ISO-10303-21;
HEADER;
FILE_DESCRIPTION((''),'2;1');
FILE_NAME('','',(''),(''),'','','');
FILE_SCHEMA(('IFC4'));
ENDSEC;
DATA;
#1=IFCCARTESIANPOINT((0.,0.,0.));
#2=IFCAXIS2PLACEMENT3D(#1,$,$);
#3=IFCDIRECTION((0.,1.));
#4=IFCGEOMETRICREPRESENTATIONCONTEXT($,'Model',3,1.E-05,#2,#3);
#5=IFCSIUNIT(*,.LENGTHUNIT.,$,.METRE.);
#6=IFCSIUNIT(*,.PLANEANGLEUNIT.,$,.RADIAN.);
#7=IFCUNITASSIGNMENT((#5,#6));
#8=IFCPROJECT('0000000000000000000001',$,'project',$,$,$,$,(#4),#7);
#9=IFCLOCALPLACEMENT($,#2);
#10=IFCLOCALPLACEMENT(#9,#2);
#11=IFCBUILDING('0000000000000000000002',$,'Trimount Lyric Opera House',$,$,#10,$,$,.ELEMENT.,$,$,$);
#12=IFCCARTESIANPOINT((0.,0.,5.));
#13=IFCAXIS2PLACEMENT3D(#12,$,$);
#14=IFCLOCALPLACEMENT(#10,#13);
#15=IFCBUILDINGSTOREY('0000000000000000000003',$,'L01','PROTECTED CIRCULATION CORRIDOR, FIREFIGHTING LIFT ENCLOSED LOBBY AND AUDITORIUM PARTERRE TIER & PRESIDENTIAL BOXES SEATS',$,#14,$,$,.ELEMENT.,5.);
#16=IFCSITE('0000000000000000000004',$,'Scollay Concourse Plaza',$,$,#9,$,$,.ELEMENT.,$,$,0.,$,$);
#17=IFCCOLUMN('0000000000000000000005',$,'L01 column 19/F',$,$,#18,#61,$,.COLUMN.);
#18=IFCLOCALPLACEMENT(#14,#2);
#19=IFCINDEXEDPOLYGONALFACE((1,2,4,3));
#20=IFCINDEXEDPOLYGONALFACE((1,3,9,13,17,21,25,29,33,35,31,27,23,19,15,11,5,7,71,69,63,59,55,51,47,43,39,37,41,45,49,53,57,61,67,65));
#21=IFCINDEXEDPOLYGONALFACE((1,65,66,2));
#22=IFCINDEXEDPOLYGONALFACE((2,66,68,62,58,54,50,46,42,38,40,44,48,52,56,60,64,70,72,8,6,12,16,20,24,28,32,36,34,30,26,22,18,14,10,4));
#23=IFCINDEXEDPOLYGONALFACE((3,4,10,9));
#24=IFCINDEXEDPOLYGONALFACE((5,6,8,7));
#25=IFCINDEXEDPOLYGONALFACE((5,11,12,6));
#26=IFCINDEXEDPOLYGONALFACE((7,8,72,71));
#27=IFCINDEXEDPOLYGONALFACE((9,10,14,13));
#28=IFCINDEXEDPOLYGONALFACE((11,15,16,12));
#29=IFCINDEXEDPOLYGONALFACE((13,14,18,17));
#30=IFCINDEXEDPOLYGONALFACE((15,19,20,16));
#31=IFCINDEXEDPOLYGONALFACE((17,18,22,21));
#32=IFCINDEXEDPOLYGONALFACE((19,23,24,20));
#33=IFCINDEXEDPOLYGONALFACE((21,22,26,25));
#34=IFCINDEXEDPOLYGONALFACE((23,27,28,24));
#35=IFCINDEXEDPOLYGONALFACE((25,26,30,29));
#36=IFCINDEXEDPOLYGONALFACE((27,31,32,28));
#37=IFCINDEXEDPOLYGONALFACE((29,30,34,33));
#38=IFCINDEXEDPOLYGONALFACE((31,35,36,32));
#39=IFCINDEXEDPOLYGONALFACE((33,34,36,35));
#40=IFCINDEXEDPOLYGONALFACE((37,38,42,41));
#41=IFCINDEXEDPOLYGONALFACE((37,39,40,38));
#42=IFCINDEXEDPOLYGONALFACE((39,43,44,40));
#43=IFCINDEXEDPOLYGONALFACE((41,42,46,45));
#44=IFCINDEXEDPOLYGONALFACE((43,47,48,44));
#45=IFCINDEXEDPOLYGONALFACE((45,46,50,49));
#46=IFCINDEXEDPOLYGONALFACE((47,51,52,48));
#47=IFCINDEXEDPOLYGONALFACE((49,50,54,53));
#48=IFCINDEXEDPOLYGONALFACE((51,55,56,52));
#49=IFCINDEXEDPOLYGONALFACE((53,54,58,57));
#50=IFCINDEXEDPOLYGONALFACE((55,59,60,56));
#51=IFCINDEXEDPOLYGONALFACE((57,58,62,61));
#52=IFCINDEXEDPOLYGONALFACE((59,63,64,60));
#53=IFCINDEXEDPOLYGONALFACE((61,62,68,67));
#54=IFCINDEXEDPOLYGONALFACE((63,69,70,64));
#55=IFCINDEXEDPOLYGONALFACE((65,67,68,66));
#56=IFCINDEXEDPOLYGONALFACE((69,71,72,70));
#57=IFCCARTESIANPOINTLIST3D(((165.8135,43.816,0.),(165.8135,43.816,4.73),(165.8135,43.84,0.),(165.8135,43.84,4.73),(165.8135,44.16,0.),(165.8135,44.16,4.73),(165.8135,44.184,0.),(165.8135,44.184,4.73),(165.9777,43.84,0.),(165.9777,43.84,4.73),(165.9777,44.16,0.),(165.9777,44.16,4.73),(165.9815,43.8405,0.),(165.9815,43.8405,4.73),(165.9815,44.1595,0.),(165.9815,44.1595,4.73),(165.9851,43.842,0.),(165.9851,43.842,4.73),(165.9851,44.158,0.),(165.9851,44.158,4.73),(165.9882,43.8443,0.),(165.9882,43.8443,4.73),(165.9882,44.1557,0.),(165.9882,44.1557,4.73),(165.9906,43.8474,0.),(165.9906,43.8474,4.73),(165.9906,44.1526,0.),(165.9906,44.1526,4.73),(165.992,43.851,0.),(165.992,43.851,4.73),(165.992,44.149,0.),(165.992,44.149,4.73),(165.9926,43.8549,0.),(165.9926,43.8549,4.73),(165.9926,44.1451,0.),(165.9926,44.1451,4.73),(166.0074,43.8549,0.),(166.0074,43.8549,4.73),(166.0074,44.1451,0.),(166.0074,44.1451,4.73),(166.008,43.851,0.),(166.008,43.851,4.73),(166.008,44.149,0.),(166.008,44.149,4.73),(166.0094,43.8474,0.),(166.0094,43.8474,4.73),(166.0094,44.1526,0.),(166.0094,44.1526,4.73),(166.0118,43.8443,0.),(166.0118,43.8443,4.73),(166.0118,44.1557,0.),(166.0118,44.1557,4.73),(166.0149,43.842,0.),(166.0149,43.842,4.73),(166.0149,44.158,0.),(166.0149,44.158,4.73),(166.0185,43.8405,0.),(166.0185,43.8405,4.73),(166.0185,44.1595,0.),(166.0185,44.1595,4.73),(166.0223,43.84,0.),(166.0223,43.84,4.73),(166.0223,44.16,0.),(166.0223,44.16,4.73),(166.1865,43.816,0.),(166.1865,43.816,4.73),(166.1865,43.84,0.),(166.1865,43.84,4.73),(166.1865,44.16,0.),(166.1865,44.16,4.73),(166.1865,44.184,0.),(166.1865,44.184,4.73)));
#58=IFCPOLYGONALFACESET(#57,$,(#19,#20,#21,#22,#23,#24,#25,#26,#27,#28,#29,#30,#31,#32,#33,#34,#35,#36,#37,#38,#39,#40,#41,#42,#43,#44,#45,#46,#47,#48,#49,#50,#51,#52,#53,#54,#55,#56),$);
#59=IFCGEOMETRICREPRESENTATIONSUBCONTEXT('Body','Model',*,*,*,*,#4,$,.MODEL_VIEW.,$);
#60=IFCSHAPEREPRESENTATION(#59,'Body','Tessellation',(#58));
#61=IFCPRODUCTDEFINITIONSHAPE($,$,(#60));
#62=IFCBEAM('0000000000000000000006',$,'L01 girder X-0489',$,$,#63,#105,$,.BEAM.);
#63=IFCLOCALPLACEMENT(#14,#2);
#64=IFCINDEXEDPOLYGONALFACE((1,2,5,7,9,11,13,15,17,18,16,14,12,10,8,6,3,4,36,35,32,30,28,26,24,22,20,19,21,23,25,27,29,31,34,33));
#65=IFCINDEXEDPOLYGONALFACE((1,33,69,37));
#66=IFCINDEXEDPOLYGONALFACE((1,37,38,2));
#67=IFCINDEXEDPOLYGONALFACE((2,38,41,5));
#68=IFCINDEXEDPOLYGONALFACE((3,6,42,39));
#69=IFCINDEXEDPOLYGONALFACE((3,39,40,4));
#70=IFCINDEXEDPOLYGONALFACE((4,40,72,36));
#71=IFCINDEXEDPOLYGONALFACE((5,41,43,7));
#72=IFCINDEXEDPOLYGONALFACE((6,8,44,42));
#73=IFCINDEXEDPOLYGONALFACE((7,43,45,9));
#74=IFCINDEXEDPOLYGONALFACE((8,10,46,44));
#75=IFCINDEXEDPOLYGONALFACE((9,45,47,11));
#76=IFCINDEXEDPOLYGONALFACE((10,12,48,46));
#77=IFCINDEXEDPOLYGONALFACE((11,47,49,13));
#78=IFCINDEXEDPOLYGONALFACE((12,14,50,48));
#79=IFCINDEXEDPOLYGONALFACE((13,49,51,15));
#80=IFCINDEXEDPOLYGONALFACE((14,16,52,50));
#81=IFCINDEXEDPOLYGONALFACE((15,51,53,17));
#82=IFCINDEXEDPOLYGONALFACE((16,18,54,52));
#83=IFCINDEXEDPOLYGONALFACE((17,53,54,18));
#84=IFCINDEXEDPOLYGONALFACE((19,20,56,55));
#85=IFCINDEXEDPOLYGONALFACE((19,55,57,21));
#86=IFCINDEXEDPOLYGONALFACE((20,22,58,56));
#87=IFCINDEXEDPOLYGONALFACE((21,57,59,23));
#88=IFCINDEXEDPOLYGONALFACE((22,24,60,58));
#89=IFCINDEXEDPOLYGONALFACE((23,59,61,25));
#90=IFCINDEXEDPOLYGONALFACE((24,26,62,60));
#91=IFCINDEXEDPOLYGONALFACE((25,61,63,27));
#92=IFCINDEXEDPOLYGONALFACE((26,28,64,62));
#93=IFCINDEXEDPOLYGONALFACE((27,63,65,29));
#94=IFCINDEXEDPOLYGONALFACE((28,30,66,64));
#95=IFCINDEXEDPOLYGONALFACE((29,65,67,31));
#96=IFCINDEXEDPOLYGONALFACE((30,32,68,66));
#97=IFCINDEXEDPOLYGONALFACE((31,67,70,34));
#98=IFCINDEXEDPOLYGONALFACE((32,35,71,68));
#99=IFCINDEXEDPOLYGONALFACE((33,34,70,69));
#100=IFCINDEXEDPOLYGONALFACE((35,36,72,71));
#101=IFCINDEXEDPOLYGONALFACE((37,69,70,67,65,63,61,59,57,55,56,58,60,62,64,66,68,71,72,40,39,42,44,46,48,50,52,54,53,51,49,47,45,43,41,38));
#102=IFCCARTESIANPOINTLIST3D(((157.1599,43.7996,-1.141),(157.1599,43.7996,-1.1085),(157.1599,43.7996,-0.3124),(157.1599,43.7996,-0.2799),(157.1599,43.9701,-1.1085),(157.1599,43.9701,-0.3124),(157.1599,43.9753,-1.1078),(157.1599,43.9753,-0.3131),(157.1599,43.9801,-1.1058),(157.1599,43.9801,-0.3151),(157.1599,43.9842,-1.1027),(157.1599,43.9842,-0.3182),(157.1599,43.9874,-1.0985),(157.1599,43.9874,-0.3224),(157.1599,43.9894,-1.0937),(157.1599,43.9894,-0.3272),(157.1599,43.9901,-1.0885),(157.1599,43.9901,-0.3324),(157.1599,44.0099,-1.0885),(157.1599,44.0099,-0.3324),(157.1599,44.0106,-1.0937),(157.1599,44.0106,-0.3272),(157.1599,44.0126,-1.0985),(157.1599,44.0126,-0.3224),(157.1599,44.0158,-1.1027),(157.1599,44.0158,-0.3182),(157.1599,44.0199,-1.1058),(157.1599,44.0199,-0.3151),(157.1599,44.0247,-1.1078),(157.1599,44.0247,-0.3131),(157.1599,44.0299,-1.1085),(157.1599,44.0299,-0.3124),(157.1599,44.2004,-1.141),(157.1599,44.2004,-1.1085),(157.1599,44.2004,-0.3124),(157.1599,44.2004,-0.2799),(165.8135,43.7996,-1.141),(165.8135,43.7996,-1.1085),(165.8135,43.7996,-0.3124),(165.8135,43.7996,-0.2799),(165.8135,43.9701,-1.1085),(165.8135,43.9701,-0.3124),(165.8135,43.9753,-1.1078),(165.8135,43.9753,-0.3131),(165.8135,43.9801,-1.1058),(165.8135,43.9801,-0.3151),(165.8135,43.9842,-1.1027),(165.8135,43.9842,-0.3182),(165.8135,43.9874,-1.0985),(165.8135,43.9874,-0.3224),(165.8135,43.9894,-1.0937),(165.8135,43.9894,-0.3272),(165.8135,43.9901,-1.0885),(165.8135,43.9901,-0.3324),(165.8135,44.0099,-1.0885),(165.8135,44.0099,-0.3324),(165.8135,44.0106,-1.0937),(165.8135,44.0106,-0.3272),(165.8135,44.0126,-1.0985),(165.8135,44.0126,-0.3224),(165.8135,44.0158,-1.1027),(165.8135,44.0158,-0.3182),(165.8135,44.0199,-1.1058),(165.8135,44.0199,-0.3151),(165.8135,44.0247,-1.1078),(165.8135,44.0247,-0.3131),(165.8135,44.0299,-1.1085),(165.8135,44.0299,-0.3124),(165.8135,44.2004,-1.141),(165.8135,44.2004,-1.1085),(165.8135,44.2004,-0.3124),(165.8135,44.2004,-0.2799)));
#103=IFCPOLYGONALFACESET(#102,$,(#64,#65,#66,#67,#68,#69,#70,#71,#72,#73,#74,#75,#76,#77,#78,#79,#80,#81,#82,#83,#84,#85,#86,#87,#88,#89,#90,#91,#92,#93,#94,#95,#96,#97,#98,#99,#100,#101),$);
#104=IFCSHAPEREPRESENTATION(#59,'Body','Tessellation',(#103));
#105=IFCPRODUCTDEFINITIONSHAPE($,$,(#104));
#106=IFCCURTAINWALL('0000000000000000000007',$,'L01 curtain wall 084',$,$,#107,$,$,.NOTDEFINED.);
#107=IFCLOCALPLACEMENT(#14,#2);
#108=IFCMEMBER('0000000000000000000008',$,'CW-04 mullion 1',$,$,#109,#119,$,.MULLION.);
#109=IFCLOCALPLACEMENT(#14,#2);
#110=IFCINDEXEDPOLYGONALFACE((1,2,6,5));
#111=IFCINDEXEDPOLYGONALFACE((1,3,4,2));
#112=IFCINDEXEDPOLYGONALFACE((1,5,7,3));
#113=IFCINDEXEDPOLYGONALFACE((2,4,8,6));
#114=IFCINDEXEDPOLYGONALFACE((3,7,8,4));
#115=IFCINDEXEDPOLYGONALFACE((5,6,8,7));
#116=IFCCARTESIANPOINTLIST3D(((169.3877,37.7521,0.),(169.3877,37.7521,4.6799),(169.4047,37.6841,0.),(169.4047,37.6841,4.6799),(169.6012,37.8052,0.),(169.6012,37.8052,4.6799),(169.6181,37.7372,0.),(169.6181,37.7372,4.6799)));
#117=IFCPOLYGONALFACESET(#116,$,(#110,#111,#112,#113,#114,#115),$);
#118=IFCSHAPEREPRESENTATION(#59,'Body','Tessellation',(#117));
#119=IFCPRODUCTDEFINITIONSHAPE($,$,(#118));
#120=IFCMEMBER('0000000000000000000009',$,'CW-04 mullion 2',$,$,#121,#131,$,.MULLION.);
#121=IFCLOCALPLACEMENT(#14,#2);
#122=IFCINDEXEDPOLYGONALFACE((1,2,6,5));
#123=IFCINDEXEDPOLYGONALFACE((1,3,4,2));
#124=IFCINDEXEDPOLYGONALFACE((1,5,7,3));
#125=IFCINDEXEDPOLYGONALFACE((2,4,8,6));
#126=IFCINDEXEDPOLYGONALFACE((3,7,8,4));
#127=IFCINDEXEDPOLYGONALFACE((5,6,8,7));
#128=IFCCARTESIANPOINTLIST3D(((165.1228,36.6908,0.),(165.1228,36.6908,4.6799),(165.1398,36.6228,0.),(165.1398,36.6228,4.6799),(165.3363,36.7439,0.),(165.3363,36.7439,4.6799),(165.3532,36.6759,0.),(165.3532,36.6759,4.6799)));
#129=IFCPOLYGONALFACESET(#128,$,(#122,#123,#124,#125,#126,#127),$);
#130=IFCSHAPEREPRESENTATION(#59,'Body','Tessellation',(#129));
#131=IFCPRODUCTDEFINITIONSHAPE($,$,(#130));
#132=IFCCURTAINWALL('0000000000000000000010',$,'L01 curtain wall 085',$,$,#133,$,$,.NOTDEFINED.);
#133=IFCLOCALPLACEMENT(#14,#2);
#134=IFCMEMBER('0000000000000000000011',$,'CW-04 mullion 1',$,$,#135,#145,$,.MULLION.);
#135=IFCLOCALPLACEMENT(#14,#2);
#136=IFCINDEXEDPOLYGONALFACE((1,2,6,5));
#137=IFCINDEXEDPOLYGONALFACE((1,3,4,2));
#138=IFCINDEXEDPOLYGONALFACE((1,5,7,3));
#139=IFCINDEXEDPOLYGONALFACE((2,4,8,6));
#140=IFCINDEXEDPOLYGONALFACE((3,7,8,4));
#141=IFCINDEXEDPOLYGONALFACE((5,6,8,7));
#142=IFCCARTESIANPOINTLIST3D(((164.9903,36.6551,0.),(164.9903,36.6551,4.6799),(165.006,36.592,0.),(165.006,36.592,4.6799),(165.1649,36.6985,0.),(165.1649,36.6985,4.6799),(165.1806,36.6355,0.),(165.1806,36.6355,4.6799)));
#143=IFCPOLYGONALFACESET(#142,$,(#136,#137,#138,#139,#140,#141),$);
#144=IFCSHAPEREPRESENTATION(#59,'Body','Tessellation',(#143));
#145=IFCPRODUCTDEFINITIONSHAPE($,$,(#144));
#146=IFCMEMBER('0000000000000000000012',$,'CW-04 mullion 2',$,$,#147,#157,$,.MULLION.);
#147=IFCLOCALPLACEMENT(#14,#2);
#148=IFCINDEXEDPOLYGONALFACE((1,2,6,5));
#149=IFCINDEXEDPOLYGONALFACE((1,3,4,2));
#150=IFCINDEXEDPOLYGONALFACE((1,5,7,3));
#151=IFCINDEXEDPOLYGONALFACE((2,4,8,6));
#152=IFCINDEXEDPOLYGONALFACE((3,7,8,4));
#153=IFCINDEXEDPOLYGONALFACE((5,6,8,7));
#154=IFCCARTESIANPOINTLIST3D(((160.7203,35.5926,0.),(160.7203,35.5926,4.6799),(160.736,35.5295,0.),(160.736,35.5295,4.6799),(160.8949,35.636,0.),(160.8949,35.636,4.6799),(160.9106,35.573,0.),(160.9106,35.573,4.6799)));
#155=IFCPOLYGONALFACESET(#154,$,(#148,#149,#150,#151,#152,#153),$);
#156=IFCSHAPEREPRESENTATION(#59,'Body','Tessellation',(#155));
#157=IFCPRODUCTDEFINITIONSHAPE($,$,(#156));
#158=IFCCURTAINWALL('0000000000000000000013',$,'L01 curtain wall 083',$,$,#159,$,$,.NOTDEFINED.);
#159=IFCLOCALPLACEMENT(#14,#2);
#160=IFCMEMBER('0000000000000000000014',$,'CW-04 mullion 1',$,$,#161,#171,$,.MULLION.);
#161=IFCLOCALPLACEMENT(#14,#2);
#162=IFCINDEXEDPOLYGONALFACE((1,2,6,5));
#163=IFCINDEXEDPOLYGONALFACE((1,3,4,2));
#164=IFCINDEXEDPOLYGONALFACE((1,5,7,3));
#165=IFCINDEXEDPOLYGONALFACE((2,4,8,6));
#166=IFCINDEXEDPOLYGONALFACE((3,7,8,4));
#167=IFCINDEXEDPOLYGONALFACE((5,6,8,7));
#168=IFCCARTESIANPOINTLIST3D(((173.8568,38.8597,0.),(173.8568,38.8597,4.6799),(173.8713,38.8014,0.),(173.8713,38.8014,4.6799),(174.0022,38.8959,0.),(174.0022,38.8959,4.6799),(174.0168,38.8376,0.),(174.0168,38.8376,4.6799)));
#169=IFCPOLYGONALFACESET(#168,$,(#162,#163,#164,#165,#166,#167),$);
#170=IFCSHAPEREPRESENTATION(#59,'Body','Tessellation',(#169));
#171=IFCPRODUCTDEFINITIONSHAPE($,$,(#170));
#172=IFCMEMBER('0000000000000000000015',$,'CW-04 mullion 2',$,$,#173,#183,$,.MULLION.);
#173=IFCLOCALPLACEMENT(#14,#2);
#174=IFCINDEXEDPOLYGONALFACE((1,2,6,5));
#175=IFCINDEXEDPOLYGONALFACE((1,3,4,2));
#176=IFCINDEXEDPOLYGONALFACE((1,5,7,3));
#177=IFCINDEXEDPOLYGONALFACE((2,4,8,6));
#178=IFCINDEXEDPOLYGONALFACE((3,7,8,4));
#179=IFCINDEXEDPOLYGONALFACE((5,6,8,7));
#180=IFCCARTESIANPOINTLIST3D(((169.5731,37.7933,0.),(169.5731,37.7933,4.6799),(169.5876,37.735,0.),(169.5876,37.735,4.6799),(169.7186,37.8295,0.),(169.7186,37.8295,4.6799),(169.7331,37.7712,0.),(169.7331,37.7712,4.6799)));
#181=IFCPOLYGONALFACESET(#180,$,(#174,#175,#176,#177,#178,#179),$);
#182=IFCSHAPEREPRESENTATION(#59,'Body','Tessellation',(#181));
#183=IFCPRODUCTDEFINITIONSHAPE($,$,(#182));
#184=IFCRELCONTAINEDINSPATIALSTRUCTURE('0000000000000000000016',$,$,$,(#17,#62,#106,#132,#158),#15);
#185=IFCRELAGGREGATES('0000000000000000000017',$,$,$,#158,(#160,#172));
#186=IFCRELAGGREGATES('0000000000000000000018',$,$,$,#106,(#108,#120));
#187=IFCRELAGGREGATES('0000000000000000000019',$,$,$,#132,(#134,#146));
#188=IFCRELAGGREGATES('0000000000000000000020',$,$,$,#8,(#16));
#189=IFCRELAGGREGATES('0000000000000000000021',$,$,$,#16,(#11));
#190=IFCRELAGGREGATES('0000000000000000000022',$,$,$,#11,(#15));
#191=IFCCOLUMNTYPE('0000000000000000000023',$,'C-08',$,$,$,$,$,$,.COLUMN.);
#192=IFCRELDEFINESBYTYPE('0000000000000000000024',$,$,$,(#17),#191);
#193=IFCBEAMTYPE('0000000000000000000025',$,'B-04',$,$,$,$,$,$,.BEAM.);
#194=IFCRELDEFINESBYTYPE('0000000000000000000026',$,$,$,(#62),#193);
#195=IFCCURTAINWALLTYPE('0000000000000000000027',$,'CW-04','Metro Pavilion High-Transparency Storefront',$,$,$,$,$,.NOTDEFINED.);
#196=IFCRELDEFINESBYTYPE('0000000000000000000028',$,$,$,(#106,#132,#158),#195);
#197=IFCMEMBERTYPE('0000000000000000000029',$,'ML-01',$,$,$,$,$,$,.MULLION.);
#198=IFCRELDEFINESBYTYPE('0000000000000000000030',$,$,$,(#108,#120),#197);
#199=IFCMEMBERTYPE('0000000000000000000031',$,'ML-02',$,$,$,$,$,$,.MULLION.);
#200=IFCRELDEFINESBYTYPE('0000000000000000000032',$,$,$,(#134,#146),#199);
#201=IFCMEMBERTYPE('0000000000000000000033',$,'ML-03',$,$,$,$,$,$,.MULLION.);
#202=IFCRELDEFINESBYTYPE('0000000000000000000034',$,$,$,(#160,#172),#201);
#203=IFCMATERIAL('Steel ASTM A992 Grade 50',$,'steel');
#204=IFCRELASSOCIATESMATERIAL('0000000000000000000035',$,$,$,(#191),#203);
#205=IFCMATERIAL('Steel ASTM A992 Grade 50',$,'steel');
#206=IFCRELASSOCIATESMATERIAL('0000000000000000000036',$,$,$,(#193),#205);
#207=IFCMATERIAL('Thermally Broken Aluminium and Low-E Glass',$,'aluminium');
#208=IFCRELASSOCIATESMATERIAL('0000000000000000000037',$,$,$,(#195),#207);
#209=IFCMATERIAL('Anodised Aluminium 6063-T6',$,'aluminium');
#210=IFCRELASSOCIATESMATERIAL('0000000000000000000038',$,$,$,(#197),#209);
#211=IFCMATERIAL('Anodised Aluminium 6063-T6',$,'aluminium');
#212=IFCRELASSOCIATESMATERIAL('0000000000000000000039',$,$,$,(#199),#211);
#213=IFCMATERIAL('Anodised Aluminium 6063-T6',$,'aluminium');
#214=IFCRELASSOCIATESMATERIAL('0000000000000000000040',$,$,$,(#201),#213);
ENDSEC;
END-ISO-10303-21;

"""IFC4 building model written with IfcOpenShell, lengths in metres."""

from ifc_helpers import new_model, si_unit, direction, frame, origin, origin_2d, place, context, subcontext, project, spatial, rectangle, i_section, extrude, material, material_profile, profile_set, type_object, element, aggregate, save


model = new_model("IFC4")

# Units and contexts
model_context = context("Model", 3, precision=1e-05, world=origin(), true_north=direction((0.0, 1.0)))
body_context = subcontext(model_context, "Body", "Model", "MODEL_VIEW")
ifc_project = project(units=[si_unit("LENGTHUNIT", "METRE"), si_unit("PLANEANGLEUNIT", "RADIAN")], contexts=[model_context])

# Site, building, storey
site_placement = place(None, origin())
site = spatial("IfcSite", under=ifc_project, at=site_placement, Name="Scollay Concourse Plaza", CompositionType="ELEMENT", RefElevation=0.0)
building_placement = place(site_placement, origin())
building = spatial("IfcBuilding", under=site, at=building_placement, Name="Trimount Lyric Opera House", CompositionType="ELEMENT")
storey_placement = place(building_placement, frame((0.0, 0.0, 5.0)))
storey = spatial("IfcBuildingStorey", under=building, at=storey_placement, Name="L01", Description="PROTECTED CIRCULATION CORRIDOR, FIREFIGHTING LIFT ENCLOSED LOBBY AND AUDITORIUM PARTERRE TIER & PRESIDENTIAL BOXES SEATS", CompositionType="ELEMENT", Elevation=5.0)

# Column
ifc_material_1 = material(Name="Steel ASTM A992 Grade 50", Category="steel")
ifc_material_profile_1 = material_profile(ifc_material_1, i_section(OverallWidth=0.373, OverallDepth=0.3679, WebThickness=0.0149, FlangeThickness=0.0239, FilletRadius=0.0149, at=origin_2d()), Name="W14X120")
ifc_profile_set_1 = profile_set([ifc_material_profile_1], Name="Steel ASTM A992 Grade 50")
column_type = type_object("IfcColumnType", Name="C-08", PredefinedType="COLUMN", material=ifc_profile_set_1)
column_placement = place(storey_placement, frame((166.0, 44.0, 0.0), z_axis=(0.0, 0.0, 1.0), x_axis=(1.0, 0.0, 0.0)))
element("IfcColumn", 1, at=column_placement, inside=storey, type_object=column_type, Name="L01 column 19/F", PredefinedType="COLUMN", context=body_context, shape_type="SweptSolid", body=[
    extrude(i_section(OverallWidth=0.373, OverallDepth=0.3679, WebThickness=0.0149, FlangeThickness=0.0239, FilletRadius=0.0149, at=origin_2d()), origin(), (0.0, 0.0, 1.0), 4.73),
])

# Beam
ifc_material_2 = material(Name="Steel ASTM A992 Grade 50", Category="steel")
ifc_material_profile_2 = material_profile(ifc_material_2, i_section(OverallWidth=0.4009, OverallDepth=0.8611, WebThickness=0.0198, FlangeThickness=0.0325, FilletRadius=0.02, at=origin_2d()), Name="W33X221")
ifc_profile_set_2 = profile_set([ifc_material_profile_2], Name="Steel ASTM A992 Grade 50")
beam_type = type_object("IfcBeamType", Name="B-04", PredefinedType="BEAM", material=ifc_profile_set_2)
beam_placement = place(storey_placement, frame((157.1599, 44.0, -0.7104), z_axis=(1.0, 0.0, 0.0), x_axis=(0.0, 1.0, 0.0)))
element("IfcBeam", 2, at=beam_placement, inside=storey, type_object=beam_type, Name="L01 girder X-0489", PredefinedType="BEAM", context=body_context, shape_type="SweptSolid", body=[
    extrude(i_section(OverallWidth=0.4009, OverallDepth=0.8611, WebThickness=0.0198, FlangeThickness=0.0325, FilletRadius=0.02, at=origin_2d()), origin(), (0.0, 0.0, 1.0), 8.6536),
])

# Curtain walls, members
ifc_material_3 = material(Name="Thermally Broken Aluminium and Low-E Glass", Category="aluminium")
curtain_wall_type = type_object("IfcCurtainWallType", Name="CW-04", Description="Metro Pavilion High-Transparency Storefront", PredefinedType="NOTDEFINED", material=ifc_material_3)
curtain_wall_1_placement = place(storey_placement, origin())
curtain_wall_1 = element("IfcCurtainWall", 3, at=curtain_wall_1_placement, inside=storey, type_object=curtain_wall_type, Name="L01 curtain wall 084", PredefinedType="NOTDEFINED")
ifc_material_4 = material(Name="Anodised Aluminium 6063-T6", Category="aluminium")
ifc_material_profile_3 = material_profile(ifc_material_4, rectangle(XDim=0.0701, YDim=0.22, at=origin_2d()), Name="ALU-MULL-70X220")
ifc_profile_set_3 = profile_set([ifc_material_profile_3], Name="Anodised Aluminium 6063-T6")
member_type_1 = type_object("IfcMemberType", Name="ML-01", PredefinedType="MULLION", material=ifc_profile_set_3)
member_1_placement = place(storey_placement, frame((169.5029, 37.7446, 0.0), z_axis=(0.0, 0.0, 1.0), x_axis=(0.241429, -0.970419, 0.0)))
member_1 = element("IfcMember", 4, at=member_1_placement, type_object=member_type_1, Name="CW-04 mullion 1", PredefinedType="MULLION", context=body_context, shape_type="SweptSolid", body=[
    extrude(rectangle(XDim=0.0701, YDim=0.22, at=origin_2d()), origin(), (0.0, 0.0, 1.0), 4.6799),
])
member_2_placement = place(storey_placement, frame((165.238, 36.6833, 0.0), z_axis=(0.0, 0.0, 1.0), x_axis=(0.241429, -0.970419, 0.0)))
member_2 = element("IfcMember", 5, at=member_2_placement, type_object=member_type_1, Name="CW-04 mullion 2", PredefinedType="MULLION", context=body_context, shape_type="SweptSolid", body=[
    extrude(rectangle(XDim=0.0701, YDim=0.22, at=origin_2d()), origin(), (0.0, 0.0, 1.0), 4.6799),
])
curtain_wall_2_placement = place(storey_placement, origin())
curtain_wall_2 = element("IfcCurtainWall", 6, at=curtain_wall_2_placement, inside=storey, type_object=curtain_wall_type, Name="L01 curtain wall 085", PredefinedType="NOTDEFINED")
ifc_material_5 = material(Name="Anodised Aluminium 6063-T6", Category="aluminium")
ifc_material_profile_4 = material_profile(ifc_material_5, rectangle(XDim=0.0649, YDim=0.1799, at=origin_2d()), Name="ALU-MULL-65X180")
ifc_profile_set_4 = profile_set([ifc_material_profile_4], Name="Anodised Aluminium 6063-T6")
member_type_2 = type_object("IfcMemberType", Name="ML-02", PredefinedType="MULLION", material=ifc_profile_set_4)
member_3_placement = place(storey_placement, frame((165.0854, 36.6453, 0.0), z_axis=(0.0, 0.0, 1.0), x_axis=(0.241429, -0.970419, 0.0)))
member_3 = element("IfcMember", 7, at=member_3_placement, type_object=member_type_2, Name="CW-04 mullion 1", PredefinedType="MULLION", context=body_context, shape_type="SweptSolid", body=[
    extrude(rectangle(XDim=0.0649, YDim=0.1799, at=origin_2d()), origin(), (0.0, 0.0, 1.0), 4.6799),
])
member_4_placement = place(storey_placement, frame((160.8154, 35.5828, 0.0), z_axis=(0.0, 0.0, 1.0), x_axis=(0.241429, -0.970419, 0.0)))
member_4 = element("IfcMember", 8, at=member_4_placement, type_object=member_type_2, Name="CW-04 mullion 2", PredefinedType="MULLION", context=body_context, shape_type="SweptSolid", body=[
    extrude(rectangle(XDim=0.0649, YDim=0.1799, at=origin_2d()), origin(), (0.0, 0.0, 1.0), 4.6799),
])
curtain_wall_3_placement = place(storey_placement, origin())
curtain_wall_3 = element("IfcCurtainWall", 9, at=curtain_wall_3_placement, inside=storey, type_object=curtain_wall_type, Name="L01 curtain wall 083", PredefinedType="NOTDEFINED")
ifc_material_6 = material(Name="Anodised Aluminium 6063-T6", Category="aluminium")
ifc_material_profile_5 = material_profile(ifc_material_6, rectangle(XDim=0.0601, YDim=0.1499, at=origin_2d()), Name="ALU-MULL-60X150")
ifc_profile_set_5 = profile_set([ifc_material_profile_5], Name="Anodised Aluminium 6063-T6")
member_type_3 = type_object("IfcMemberType", Name="ML-03", PredefinedType="MULLION", material=ifc_profile_set_5)
member_5_placement = place(storey_placement, frame((173.9368, 38.8486, 0.0), z_axis=(0.0, 0.0, 1.0), x_axis=(0.241589, -0.970379, 0.0)))
member_5 = element("IfcMember", 10, at=member_5_placement, type_object=member_type_3, Name="CW-04 mullion 1", PredefinedType="MULLION", context=body_context, shape_type="SweptSolid", body=[
    extrude(rectangle(XDim=0.0601, YDim=0.1499, at=origin_2d()), origin(), (0.0, 0.0, 1.0), 4.6799),
])
member_6_placement = place(storey_placement, frame((169.6531, 37.7822, 0.0), z_axis=(0.0, 0.0, 1.0), x_axis=(0.241589, -0.970379, 0.0)))
member_6 = element("IfcMember", 11, at=member_6_placement, type_object=member_type_3, Name="CW-04 mullion 2", PredefinedType="MULLION", context=body_context, shape_type="SweptSolid", body=[
    extrude(rectangle(XDim=0.0601, YDim=0.1499, at=origin_2d()), origin(), (0.0, 0.0, 1.0), 4.6799),
])

aggregate(curtain_wall_3, [member_5, member_6])
aggregate(curtain_wall_1, [member_1, member_2])
aggregate(curtain_wall_2, [member_3, member_4])

save(model, "model.ifc")
